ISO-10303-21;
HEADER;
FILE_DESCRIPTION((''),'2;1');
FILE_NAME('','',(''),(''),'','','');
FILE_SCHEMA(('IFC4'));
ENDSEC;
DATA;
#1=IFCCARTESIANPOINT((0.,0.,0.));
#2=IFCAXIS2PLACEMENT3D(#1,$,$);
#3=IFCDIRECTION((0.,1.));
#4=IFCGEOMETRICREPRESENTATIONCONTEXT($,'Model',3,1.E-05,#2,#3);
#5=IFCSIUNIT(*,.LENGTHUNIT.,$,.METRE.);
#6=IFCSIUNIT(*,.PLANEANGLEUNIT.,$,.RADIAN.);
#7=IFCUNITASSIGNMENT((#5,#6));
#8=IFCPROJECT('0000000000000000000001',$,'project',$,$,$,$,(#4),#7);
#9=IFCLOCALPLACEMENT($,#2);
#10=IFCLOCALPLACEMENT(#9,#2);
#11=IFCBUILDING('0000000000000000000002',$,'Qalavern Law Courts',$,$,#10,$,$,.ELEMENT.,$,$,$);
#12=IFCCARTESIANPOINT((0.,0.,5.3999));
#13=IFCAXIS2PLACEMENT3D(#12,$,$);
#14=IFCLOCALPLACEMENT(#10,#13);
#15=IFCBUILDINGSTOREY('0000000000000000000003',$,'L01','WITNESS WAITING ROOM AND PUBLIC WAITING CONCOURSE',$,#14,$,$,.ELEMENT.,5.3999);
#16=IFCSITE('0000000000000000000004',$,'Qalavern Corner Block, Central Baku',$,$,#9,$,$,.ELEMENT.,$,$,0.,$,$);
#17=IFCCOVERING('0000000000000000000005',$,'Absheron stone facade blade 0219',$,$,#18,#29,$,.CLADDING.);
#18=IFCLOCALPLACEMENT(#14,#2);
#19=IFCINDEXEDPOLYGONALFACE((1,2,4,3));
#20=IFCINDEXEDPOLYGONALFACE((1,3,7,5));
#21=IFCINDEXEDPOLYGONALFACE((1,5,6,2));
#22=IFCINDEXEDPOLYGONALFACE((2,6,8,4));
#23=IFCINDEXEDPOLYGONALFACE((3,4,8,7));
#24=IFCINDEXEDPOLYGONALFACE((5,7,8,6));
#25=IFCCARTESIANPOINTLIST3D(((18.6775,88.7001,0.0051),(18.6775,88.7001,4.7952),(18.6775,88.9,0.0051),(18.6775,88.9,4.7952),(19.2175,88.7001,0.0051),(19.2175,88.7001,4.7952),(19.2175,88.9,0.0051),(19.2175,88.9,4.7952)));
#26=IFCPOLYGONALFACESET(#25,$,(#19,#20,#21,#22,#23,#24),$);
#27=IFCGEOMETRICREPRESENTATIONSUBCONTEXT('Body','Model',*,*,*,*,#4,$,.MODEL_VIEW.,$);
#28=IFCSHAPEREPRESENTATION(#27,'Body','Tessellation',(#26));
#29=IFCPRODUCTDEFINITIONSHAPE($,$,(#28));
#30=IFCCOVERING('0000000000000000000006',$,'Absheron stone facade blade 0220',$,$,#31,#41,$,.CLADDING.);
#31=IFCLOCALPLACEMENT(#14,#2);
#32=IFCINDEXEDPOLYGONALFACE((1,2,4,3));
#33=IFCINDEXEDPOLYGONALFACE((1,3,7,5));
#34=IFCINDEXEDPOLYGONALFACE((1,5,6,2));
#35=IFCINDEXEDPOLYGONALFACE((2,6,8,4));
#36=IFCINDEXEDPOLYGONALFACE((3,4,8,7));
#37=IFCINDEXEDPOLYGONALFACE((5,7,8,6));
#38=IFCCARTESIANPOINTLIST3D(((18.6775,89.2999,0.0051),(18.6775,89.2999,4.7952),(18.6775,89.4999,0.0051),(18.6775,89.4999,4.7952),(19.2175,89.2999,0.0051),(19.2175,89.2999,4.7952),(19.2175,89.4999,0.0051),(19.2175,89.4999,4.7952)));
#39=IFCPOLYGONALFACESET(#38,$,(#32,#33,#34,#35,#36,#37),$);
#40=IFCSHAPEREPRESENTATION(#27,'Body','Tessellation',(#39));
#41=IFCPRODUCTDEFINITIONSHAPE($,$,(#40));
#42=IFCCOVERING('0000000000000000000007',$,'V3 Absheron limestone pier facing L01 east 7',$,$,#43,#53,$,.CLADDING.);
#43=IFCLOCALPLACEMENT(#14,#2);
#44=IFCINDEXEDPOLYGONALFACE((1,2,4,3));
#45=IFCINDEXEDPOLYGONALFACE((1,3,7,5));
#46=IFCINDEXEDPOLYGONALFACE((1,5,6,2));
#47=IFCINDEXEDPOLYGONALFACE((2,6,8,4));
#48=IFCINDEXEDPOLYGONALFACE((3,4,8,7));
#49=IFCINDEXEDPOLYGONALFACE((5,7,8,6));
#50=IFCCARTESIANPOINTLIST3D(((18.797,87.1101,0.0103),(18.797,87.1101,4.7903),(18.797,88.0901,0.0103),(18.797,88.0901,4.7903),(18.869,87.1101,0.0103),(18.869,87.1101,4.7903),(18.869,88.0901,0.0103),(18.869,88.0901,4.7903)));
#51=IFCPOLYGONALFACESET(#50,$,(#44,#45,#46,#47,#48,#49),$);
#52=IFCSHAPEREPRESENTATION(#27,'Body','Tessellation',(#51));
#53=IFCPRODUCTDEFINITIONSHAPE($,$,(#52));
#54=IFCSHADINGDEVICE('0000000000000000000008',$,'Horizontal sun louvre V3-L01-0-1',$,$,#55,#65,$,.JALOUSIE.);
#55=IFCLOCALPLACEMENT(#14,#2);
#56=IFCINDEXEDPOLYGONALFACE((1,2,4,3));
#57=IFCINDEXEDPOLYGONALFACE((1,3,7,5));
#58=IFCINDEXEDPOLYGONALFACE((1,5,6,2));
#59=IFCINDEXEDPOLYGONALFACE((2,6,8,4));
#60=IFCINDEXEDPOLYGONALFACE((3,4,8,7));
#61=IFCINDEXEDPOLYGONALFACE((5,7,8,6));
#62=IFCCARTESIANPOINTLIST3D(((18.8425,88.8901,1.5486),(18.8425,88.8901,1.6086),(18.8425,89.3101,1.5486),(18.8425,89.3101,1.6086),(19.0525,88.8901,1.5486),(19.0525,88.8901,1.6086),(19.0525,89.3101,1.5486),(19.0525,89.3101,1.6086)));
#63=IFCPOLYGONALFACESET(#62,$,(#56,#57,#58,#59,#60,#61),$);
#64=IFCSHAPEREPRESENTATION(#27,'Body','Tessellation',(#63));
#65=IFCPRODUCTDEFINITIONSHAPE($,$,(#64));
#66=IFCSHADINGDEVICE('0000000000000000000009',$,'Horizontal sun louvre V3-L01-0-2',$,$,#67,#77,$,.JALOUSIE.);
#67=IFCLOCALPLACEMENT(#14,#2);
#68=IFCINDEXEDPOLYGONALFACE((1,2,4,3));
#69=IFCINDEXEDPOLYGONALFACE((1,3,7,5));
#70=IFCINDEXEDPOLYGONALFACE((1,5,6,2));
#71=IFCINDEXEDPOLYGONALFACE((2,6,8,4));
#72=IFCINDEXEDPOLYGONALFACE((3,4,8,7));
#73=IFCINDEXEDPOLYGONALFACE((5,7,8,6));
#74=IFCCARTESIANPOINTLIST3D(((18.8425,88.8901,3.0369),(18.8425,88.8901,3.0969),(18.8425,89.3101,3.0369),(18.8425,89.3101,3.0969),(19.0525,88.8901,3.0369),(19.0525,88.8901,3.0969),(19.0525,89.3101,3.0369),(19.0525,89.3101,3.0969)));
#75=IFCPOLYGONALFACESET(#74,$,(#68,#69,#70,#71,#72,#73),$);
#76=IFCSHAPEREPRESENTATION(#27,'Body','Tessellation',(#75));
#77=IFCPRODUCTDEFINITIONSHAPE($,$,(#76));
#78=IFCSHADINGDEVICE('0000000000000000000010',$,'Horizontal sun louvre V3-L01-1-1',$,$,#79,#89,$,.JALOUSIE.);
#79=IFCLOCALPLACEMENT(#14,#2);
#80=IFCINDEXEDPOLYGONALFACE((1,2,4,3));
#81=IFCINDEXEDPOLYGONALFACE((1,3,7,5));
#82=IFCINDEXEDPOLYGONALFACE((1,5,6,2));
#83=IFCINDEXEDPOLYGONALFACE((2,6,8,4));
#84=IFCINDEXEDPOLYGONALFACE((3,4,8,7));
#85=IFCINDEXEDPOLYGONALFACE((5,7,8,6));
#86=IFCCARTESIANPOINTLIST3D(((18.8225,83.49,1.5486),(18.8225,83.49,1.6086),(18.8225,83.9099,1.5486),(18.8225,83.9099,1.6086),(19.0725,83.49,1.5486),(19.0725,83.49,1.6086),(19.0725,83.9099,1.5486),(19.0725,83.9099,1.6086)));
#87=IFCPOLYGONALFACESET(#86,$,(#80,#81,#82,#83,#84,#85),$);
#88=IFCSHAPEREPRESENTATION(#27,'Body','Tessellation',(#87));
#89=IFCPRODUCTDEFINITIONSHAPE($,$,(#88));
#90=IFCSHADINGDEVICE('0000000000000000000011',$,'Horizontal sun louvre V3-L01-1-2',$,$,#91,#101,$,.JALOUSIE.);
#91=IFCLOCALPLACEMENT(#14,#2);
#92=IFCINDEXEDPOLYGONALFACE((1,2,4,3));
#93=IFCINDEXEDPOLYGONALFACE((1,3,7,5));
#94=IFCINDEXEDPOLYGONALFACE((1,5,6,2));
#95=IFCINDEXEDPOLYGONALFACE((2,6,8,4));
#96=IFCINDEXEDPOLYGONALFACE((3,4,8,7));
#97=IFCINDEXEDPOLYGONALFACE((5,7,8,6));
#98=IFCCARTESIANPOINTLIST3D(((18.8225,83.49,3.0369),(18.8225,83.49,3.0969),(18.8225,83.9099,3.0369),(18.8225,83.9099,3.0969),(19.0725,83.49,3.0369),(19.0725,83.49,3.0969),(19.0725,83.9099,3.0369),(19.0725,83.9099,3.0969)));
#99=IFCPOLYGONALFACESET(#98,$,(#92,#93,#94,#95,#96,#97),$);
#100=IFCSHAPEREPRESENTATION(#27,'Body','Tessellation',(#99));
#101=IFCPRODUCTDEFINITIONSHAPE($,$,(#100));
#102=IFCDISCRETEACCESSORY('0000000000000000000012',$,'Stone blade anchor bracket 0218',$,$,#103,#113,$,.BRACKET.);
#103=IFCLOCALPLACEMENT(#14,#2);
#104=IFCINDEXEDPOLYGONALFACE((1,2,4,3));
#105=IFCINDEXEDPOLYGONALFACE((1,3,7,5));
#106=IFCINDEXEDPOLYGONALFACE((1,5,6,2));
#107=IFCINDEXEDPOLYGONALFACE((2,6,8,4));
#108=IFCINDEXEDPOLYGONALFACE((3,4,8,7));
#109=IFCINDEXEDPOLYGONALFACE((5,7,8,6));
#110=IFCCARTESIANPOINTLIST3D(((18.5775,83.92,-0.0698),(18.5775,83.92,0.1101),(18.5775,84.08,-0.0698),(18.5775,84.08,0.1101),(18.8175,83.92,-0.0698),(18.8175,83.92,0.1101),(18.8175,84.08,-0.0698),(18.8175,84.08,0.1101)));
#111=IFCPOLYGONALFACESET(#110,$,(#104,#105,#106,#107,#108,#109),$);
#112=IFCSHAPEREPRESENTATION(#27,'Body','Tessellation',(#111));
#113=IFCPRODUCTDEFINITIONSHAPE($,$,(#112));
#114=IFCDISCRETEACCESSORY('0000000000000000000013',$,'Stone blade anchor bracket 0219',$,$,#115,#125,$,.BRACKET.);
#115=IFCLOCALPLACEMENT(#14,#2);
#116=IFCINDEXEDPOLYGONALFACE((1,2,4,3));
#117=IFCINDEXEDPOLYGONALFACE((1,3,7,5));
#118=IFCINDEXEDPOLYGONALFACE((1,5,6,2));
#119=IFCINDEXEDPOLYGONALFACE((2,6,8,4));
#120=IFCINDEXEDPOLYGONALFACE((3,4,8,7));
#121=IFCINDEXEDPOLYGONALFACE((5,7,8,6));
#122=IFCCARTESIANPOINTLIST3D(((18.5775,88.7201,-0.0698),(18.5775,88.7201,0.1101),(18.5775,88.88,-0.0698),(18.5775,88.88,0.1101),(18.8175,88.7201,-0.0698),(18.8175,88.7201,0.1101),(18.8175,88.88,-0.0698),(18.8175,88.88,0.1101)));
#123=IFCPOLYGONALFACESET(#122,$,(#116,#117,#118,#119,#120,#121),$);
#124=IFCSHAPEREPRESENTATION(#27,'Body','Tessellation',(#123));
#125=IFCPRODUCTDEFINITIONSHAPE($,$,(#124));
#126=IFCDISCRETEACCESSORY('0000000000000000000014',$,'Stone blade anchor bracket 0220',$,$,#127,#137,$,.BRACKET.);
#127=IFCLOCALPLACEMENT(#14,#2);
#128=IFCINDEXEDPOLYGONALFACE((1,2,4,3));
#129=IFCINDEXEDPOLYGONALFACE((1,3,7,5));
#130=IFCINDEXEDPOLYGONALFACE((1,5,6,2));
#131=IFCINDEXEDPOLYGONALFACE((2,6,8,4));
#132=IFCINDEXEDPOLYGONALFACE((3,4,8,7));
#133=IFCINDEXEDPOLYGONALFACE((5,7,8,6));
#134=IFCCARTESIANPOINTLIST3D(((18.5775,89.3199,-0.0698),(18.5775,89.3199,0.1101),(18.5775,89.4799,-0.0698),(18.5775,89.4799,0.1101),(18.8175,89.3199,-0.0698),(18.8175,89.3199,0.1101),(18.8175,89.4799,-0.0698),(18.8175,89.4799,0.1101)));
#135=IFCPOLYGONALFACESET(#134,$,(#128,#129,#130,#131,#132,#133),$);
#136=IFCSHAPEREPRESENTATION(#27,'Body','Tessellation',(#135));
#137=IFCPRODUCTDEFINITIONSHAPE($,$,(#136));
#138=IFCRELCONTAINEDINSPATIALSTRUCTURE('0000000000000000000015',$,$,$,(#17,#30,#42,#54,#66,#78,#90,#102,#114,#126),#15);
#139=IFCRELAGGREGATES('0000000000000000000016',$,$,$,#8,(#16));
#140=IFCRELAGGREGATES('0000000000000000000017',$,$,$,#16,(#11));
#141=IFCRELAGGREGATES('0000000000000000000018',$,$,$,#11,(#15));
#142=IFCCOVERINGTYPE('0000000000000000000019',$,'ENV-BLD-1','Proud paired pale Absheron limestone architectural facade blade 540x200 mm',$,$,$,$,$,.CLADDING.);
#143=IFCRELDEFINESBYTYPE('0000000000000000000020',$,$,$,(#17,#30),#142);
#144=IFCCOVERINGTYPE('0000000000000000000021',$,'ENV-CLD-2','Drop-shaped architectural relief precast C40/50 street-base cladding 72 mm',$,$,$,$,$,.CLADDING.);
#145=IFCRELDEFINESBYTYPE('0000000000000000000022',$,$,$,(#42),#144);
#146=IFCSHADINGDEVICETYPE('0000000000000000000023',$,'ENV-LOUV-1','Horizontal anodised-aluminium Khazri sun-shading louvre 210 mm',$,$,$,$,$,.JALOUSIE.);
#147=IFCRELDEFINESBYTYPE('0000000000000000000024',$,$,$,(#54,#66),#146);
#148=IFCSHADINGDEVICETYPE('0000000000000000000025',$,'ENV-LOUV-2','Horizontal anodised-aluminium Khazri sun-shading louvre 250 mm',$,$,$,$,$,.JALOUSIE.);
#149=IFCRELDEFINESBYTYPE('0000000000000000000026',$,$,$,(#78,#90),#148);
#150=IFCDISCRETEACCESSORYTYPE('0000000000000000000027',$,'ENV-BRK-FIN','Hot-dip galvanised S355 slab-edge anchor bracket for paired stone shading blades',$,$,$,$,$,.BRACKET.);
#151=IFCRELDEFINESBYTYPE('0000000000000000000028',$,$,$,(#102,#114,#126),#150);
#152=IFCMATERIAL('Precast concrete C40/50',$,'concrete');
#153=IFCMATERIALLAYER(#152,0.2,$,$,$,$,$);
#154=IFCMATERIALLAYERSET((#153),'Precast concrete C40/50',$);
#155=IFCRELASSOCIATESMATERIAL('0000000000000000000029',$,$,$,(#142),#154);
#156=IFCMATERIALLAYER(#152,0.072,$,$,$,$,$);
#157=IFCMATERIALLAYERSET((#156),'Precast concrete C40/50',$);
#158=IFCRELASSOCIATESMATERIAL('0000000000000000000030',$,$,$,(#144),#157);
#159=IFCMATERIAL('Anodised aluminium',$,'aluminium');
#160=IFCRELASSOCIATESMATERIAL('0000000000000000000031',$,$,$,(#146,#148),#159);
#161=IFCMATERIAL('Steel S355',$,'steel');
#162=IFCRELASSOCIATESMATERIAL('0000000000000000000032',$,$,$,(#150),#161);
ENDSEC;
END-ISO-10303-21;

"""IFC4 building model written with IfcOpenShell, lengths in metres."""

from ifc_helpers import new_model, si_unit, direction, frame, origin, origin_2d, place, context, subcontext, project, spatial, rectangle, extrude, material, layer, layer_set, type_object, element, save


model = new_model("IFC4")

# Units and contexts
model_context = context("Model", 3, precision=1e-05, world=origin(), true_north=direction((0.0, 1.0)))
body_context = subcontext(model_context, "Body", "Model", "MODEL_VIEW")
ifc_project = project(units=[si_unit("LENGTHUNIT", "METRE"), si_unit("PLANEANGLEUNIT", "RADIAN")], contexts=[model_context])

# Site, building, storey
site_placement = place(None, origin())
site = spatial("IfcSite", under=ifc_project, at=site_placement, Name="Qalavern Corner Block, Central Baku", CompositionType="ELEMENT", RefElevation=0.0)
building_placement = place(site_placement, origin())
building = spatial("IfcBuilding", under=site, at=building_placement, Name="Qalavern Law Courts", CompositionType="ELEMENT")
storey_placement = place(building_placement, frame((0.0, 0.0, 5.3999)))
storey = spatial("IfcBuildingStorey", under=building, at=storey_placement, Name="L01", Description="WITNESS WAITING ROOM AND PUBLIC WAITING CONCOURSE", CompositionType="ELEMENT", Elevation=5.3999)

# Shared definitions
ifc_material_1 = material(Name="Anodised aluminium", Category="aluminium")

# Coverings
ifc_material_2 = material(Name="Precast concrete C40/50", Category="concrete")
ifc_layer_1 = layer(ifc_material_2, 0.2)
ifc_layer_set_1 = layer_set([ifc_layer_1], Name="Precast concrete C40/50")
covering_type_1 = type_object("IfcCoveringType", Name="ENV-BLD-1", Description="Proud paired pale Absheron limestone architectural facade blade 540x200 mm", PredefinedType="CLADDING", material=ifc_layer_set_1)
for number, where, z_axis, x_axis, name in (
    (1, (18.9475, 88.8, 0.0051), (0.0, 0.0, 1.0), (1.0, 0.0, 0.0), "Absheron stone facade blade 0219"),
    (2, (18.9475, 89.3999, 0.0051), (0.0, 0.0, 1.0), (1.0, 0.0, 0.0), "Absheron stone facade blade 0220"),
):
    element("IfcCovering", number, at=place(storey_placement, frame(where, z_axis=z_axis, x_axis=x_axis)), inside=storey, type_object=covering_type_1, Name=name, PredefinedType="CLADDING", context=body_context, shape_type="SweptSolid", body=[
        extrude(rectangle(XDim=0.54, YDim=0.2, at=origin_2d()), origin(), (0.0, 0.0, 1.0), 4.79),
    ])
ifc_layer_2 = layer(ifc_material_2, 0.072)
ifc_layer_set_2 = layer_set([ifc_layer_2], Name="Precast concrete C40/50")
covering_type_2 = type_object("IfcCoveringType", Name="ENV-CLD-2", Description="Drop-shaped architectural relief precast C40/50 street-base cladding 72 mm", PredefinedType="CLADDING", material=ifc_layer_set_2)
covering_placement = place(storey_placement, frame((18.833, 87.6001, 0.0103), z_axis=(0.0, 0.0, 1.0), x_axis=(0.0, 1.0, 0.0)))
element("IfcCovering", 3, at=covering_placement, inside=storey, type_object=covering_type_2, Name="V3 Absheron limestone pier facing L01 east 7", PredefinedType="CLADDING", context=body_context, shape_type="SweptSolid", body=[
    extrude(rectangle(XDim=0.98, YDim=0.072, at=origin_2d()), origin(), (0.0, 0.0, 1.0), 4.78),
])

# Shading devices
shading_device_type_1 = type_object("IfcShadingDeviceType", Name="ENV-LOUV-1", Description="Horizontal anodised-aluminium Khazri sun-shading louvre 210 mm", PredefinedType="JALOUSIE", material=ifc_material_1)
for number, where, z_axis, x_axis, name in (
    (4, (18.9475, 89.1001, 1.5486), (0.0, 0.0, 1.0), (0.0, 1.0, 0.0), "Horizontal sun louvre V3-L01-0-1"),
    (5, (18.9475, 89.1001, 3.0369), (0.0, 0.0, 1.0), (0.0, 1.0, 0.0), "Horizontal sun louvre V3-L01-0-2"),
):
    element("IfcShadingDevice", number, at=place(storey_placement, frame(where, z_axis=z_axis, x_axis=x_axis)), inside=storey, type_object=shading_device_type_1, Name=name, PredefinedType="JALOUSIE", context=body_context, shape_type="SweptSolid", body=[
        extrude(rectangle(XDim=0.4199, YDim=0.21, at=origin_2d()), origin(), (0.0, 0.0, 1.0), 0.0601),
    ])
shading_device_type_2 = type_object("IfcShadingDeviceType", Name="ENV-LOUV-2", Description="Horizontal anodised-aluminium Khazri sun-shading louvre 250 mm", PredefinedType="JALOUSIE", material=ifc_material_1)
for number, where, z_axis, x_axis, name in (
    (6, (18.9475, 83.7, 1.5486), (0.0, 0.0, 1.0), (0.0, 1.0, 0.0), "Horizontal sun louvre V3-L01-1-1"),
    (7, (18.9475, 83.7, 3.0369), (0.0, 0.0, 1.0), (0.0, 1.0, 0.0), "Horizontal sun louvre V3-L01-1-2"),
):
    element("IfcShadingDevice", number, at=place(storey_placement, frame(where, z_axis=z_axis, x_axis=x_axis)), inside=storey, type_object=shading_device_type_2, Name=name, PredefinedType="JALOUSIE", context=body_context, shape_type="SweptSolid", body=[
        extrude(rectangle(XDim=0.4199, YDim=0.25, at=origin_2d()), origin(), (0.0, 0.0, 1.0), 0.0601),
    ])

# Discrete accessories
ifc_material_3 = material(Name="Steel S355", Category="steel")
discrete_accessory_type = type_object("IfcDiscreteAccessoryType", Name="ENV-BRK-FIN", Description="Hot-dip galvanised S355 slab-edge anchor bracket for paired stone shading blades", PredefinedType="BRACKET", material=ifc_material_3)
for number, where, z_axis, x_axis, name in (
    (8, (18.6975, 84.0, -0.0698), (0.0, 0.0, 1.0), (1.0, 0.0, 0.0), "Stone blade anchor bracket 0218"),
    (9, (18.6975, 88.8, -0.0698), (0.0, 0.0, 1.0), (1.0, 0.0, 0.0), "Stone blade anchor bracket 0219"),
    (10, (18.6975, 89.3999, -0.0698), (0.0, 0.0, 1.0), (1.0, 0.0, 0.0), "Stone blade anchor bracket 0220"),
):
    element("IfcDiscreteAccessory", number, at=place(storey_placement, frame(where, z_axis=z_axis, x_axis=x_axis)), inside=storey, type_object=discrete_accessory_type, Name=name, PredefinedType="BRACKET", context=body_context, shape_type="SweptSolid", body=[
        extrude(rectangle(XDim=0.24, YDim=0.1599, at=origin_2d()), origin(), (0.0, 0.0, 1.0), 0.1799),
    ])

save(model, "model.ifc")
